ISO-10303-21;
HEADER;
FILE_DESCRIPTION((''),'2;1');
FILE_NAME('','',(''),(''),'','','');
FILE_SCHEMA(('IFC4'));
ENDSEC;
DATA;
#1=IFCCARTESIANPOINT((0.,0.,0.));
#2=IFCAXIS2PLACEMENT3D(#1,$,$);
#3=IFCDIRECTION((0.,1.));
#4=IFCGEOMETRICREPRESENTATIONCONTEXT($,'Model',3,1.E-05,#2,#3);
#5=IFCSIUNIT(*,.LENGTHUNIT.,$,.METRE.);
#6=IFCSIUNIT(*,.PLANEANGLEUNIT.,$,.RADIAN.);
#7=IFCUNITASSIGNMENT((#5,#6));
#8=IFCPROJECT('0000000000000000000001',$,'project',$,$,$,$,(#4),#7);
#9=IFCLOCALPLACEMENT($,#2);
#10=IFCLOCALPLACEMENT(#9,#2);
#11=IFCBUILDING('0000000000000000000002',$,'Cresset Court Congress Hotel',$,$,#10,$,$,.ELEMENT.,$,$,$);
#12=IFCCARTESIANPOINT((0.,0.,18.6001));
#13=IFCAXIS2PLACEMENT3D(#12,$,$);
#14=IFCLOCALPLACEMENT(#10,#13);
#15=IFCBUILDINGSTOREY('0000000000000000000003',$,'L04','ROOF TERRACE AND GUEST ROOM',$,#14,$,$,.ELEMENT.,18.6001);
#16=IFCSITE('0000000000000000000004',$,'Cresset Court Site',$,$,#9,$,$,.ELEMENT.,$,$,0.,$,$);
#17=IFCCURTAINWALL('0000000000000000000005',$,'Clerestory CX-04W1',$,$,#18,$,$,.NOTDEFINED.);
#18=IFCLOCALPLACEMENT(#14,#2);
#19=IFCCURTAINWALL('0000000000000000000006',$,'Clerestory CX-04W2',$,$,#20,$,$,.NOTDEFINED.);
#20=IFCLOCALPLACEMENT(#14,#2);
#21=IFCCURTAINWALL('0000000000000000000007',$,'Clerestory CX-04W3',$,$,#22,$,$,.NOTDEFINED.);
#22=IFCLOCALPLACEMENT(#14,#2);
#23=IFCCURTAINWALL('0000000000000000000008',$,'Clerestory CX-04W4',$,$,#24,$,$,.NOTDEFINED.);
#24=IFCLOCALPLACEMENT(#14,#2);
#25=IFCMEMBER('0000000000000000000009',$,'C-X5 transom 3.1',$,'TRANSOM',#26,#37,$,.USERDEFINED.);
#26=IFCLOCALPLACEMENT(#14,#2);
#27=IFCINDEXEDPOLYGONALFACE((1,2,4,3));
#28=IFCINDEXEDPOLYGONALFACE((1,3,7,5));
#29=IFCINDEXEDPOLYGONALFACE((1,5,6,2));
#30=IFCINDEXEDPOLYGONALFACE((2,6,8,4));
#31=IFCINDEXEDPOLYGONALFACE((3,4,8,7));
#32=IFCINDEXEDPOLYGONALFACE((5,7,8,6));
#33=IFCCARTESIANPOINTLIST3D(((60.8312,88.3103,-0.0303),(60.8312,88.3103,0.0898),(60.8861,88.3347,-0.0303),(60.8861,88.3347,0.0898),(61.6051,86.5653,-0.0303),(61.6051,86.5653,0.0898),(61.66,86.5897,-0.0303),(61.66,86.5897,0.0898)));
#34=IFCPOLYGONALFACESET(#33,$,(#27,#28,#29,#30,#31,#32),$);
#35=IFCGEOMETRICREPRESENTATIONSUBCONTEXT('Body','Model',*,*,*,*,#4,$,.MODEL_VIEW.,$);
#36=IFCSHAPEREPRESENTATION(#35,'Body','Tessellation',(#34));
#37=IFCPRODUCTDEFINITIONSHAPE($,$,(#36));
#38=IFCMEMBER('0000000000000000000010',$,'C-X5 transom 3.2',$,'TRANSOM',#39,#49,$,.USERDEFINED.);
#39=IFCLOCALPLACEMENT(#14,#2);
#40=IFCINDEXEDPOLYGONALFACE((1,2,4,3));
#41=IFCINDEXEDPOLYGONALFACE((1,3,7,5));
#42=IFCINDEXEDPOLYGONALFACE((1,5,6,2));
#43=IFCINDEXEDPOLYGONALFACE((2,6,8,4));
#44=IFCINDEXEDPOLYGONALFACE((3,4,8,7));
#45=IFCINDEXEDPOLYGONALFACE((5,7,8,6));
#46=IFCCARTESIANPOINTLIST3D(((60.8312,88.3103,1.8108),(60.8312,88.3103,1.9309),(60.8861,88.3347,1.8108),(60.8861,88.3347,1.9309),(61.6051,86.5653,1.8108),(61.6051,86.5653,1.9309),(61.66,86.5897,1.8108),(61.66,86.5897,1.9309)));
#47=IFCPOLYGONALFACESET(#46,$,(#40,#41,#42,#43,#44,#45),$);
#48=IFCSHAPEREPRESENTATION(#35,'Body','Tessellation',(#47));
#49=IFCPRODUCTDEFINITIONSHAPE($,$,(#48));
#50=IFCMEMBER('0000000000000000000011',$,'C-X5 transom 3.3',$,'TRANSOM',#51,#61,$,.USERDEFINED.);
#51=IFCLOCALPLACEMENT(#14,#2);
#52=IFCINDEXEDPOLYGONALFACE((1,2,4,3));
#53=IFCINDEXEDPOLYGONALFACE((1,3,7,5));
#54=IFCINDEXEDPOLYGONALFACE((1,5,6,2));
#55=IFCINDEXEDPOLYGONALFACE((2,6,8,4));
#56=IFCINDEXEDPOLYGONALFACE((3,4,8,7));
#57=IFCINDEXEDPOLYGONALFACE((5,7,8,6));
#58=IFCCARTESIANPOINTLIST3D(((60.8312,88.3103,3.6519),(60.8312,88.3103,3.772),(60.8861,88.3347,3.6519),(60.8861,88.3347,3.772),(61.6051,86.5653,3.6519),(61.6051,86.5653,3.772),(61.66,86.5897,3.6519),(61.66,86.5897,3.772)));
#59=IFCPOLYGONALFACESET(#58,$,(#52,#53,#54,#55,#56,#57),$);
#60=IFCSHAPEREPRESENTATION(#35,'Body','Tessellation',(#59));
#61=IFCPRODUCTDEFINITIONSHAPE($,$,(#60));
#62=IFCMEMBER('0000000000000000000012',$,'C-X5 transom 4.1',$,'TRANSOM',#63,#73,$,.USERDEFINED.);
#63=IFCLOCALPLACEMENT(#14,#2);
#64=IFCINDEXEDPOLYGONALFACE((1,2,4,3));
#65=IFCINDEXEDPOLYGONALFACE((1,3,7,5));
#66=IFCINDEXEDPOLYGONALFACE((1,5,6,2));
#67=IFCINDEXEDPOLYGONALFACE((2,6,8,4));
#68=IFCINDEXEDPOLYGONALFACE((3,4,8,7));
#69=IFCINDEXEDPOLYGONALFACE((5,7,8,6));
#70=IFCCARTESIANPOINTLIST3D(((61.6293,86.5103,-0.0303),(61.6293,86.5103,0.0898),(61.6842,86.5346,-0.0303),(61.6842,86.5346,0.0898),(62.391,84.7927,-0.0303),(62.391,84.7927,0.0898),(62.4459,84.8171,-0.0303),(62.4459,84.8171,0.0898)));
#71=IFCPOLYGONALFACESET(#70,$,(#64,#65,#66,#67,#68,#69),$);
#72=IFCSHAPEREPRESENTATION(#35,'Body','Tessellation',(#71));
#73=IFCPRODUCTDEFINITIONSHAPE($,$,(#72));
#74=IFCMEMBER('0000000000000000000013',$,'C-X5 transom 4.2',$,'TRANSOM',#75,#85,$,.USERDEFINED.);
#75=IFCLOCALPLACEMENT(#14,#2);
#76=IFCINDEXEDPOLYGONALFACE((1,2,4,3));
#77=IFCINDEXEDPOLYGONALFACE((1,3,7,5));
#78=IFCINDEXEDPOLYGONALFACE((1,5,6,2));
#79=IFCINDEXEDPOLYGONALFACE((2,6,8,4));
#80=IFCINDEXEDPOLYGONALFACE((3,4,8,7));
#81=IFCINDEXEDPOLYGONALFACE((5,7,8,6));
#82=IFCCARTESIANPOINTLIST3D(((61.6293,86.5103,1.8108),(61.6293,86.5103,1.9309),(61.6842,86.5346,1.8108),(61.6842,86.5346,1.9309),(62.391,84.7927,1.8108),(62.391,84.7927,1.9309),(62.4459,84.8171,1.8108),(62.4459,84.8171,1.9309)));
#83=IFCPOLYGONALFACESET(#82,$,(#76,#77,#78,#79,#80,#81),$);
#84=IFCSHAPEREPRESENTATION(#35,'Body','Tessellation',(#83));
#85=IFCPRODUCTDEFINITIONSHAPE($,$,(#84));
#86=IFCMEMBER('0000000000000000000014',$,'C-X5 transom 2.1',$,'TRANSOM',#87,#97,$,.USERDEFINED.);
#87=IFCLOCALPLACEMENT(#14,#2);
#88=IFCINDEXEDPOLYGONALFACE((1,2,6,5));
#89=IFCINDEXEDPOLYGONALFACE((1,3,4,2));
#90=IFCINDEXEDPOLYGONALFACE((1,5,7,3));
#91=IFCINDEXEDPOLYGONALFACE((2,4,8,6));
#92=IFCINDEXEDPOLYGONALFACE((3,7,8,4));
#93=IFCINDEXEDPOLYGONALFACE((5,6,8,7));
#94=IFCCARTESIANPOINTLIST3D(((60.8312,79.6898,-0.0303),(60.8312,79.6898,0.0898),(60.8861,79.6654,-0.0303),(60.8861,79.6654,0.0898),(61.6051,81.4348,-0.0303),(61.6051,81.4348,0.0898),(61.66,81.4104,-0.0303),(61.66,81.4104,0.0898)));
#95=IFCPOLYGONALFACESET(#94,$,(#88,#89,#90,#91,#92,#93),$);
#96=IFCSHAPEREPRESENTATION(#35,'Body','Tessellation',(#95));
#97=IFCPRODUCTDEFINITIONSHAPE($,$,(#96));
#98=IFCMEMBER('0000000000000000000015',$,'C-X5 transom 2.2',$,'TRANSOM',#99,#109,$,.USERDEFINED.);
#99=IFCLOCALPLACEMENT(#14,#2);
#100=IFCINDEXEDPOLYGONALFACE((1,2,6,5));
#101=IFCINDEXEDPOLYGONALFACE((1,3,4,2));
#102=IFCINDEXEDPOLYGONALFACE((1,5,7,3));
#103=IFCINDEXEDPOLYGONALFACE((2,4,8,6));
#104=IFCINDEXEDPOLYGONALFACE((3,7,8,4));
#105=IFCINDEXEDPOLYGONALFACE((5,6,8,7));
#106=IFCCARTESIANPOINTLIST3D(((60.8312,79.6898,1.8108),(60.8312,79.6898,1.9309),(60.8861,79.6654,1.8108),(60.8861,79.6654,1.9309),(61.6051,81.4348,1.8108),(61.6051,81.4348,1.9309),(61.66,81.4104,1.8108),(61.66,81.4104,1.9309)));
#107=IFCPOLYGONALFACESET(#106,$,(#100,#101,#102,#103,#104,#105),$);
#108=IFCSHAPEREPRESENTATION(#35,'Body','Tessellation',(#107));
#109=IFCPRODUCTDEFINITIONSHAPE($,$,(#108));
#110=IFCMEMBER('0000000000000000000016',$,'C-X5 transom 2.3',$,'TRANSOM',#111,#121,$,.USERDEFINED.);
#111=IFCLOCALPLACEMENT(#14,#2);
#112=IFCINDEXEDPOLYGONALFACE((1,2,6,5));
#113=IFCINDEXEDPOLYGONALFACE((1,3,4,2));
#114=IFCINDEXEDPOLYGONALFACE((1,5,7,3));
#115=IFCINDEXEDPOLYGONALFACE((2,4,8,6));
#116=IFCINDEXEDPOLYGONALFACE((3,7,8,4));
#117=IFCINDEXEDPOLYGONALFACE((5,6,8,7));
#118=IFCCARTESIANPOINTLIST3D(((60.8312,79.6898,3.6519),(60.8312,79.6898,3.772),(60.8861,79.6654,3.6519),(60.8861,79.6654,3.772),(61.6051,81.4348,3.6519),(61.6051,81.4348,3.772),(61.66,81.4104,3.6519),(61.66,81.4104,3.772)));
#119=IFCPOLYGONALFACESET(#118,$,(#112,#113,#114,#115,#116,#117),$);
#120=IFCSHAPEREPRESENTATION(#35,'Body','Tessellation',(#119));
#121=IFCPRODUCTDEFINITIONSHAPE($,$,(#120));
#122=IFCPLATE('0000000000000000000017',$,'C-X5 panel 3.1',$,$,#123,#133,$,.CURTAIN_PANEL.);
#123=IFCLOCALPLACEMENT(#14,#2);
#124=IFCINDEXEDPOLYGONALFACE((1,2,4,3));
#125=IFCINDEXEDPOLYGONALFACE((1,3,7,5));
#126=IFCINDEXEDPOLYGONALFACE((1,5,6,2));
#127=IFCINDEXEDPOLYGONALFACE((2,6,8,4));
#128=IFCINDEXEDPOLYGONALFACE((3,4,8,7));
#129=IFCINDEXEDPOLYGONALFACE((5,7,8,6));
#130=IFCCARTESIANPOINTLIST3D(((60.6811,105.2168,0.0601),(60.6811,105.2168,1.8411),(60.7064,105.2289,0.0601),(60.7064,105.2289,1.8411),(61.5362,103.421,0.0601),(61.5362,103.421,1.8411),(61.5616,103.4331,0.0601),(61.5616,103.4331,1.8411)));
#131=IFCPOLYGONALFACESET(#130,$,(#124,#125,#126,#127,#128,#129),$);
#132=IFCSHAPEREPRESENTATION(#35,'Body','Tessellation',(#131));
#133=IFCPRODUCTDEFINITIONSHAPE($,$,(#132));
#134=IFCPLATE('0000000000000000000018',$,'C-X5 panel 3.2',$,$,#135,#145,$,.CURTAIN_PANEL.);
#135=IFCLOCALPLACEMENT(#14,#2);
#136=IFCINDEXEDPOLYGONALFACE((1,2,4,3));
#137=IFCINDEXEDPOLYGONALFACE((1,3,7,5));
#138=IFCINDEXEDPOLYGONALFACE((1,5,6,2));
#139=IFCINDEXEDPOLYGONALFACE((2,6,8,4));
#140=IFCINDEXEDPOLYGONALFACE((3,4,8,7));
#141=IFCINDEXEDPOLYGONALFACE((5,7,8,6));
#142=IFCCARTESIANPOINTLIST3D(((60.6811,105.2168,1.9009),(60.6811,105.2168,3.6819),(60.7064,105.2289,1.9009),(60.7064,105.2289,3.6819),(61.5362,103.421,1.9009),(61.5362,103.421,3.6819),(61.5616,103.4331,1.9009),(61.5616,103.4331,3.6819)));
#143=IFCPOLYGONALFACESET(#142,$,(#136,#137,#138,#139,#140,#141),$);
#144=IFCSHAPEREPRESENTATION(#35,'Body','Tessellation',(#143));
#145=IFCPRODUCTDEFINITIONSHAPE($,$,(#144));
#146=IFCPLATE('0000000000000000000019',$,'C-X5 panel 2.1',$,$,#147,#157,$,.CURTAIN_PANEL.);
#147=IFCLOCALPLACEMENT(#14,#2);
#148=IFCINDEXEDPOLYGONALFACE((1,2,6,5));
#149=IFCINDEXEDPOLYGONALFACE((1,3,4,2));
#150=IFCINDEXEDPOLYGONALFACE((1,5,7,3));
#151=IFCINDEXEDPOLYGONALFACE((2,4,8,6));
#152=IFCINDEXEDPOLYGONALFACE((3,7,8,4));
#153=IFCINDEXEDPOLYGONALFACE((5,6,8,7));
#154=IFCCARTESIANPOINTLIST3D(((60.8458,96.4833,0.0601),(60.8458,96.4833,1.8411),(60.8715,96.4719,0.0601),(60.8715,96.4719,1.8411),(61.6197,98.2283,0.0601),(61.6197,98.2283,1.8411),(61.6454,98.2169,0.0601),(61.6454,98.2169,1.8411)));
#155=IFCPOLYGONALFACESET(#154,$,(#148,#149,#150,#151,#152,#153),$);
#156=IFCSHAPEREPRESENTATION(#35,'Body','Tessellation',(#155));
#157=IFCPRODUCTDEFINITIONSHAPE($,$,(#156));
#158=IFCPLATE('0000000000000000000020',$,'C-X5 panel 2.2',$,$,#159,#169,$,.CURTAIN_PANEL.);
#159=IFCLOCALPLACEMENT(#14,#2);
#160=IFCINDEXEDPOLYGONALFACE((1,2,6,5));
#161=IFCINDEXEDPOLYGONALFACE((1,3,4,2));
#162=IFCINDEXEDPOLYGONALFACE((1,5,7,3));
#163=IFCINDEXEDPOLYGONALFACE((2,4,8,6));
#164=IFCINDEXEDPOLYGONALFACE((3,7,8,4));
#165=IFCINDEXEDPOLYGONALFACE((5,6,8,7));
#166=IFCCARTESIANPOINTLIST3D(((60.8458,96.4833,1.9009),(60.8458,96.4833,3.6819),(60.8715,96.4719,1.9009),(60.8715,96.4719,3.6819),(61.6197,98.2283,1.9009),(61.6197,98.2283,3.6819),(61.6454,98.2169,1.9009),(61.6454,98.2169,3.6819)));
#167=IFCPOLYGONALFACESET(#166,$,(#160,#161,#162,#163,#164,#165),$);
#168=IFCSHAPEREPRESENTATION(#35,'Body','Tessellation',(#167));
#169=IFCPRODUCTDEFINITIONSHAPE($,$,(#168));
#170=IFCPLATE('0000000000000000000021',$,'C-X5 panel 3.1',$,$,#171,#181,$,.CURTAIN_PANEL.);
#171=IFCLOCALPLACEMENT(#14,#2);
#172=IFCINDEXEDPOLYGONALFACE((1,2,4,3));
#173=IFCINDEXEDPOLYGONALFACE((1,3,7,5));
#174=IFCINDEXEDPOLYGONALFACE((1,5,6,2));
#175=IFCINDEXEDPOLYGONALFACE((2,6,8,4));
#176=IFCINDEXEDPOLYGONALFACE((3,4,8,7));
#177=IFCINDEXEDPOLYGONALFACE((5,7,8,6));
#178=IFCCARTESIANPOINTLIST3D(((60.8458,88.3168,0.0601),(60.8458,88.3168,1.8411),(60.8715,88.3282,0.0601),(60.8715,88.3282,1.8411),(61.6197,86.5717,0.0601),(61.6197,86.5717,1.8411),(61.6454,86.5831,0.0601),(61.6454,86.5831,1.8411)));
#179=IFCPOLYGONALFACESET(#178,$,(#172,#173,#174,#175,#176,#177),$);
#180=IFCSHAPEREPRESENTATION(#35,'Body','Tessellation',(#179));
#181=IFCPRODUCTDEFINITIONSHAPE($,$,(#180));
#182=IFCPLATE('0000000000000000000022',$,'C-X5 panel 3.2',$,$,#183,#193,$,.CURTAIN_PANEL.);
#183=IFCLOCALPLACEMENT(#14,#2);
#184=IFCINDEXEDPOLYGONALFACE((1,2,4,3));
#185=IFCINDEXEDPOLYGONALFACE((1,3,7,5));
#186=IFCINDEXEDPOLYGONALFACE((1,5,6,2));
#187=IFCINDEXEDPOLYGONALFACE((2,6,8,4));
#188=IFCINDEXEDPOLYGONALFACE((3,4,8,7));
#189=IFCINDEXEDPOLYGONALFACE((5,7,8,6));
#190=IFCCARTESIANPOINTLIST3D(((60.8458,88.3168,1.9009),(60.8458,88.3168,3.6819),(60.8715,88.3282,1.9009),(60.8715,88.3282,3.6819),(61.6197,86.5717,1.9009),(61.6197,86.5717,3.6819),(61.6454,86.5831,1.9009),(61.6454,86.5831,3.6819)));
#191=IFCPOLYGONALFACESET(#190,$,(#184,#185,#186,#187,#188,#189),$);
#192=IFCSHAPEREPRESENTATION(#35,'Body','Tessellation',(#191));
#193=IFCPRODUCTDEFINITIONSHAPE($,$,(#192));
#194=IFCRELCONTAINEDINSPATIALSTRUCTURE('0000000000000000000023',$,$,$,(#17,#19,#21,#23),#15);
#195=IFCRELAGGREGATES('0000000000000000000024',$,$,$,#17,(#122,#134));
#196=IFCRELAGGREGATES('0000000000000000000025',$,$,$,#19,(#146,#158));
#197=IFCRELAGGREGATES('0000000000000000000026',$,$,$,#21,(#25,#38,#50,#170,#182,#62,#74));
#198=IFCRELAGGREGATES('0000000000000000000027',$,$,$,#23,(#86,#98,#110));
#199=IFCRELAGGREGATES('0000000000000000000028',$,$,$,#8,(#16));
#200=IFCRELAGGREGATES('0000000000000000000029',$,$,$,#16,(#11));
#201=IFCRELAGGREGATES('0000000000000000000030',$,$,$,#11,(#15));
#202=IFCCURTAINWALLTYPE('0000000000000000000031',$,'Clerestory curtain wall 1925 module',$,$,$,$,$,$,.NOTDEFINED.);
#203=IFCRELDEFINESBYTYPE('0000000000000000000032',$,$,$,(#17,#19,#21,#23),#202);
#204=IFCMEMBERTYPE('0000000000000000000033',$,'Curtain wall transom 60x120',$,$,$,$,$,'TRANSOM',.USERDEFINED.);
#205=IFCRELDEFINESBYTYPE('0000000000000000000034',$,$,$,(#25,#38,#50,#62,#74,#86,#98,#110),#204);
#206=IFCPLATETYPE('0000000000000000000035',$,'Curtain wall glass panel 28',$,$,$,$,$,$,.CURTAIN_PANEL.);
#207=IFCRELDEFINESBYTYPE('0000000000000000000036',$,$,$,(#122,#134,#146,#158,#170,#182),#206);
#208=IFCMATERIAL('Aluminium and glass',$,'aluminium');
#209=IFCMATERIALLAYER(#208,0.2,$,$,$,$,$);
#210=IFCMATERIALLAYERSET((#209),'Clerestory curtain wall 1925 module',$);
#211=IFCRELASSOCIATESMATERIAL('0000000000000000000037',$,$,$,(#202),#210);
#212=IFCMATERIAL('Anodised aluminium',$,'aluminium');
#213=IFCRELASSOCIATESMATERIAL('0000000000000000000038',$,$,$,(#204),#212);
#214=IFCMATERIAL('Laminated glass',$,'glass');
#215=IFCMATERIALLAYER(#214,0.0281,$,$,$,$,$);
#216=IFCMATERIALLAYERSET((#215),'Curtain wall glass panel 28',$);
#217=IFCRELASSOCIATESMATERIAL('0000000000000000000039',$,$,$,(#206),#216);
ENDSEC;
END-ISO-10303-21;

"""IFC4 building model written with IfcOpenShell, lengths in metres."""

from ifc_helpers import new_model, si_unit, direction, frame, origin, origin_2d, place, context, subcontext, project, spatial, rectangle, extrude, material, layer, layer_set, material_profile, profile_set, type_object, element, aggregate, save


model = new_model("IFC4")

# Units and contexts
model_context = context("Model", 3, precision=1e-05, world=origin(), true_north=direction((0.0, 1.0)))
body_context = subcontext(model_context, "Body", "Model", "MODEL_VIEW")
ifc_project = project(units=[si_unit("LENGTHUNIT", "METRE"), si_unit("PLANEANGLEUNIT", "RADIAN")], contexts=[model_context])

# Site, building, storey
site_placement = place(None, origin())
site = spatial("IfcSite", under=ifc_project, at=site_placement, Name="Cresset Court Site", CompositionType="ELEMENT", RefElevation=0.0)
building_placement = place(site_placement, origin())
building = spatial("IfcBuilding", under=site, at=building_placement, Name="Cresset Court Congress Hotel", CompositionType="ELEMENT")
storey_placement = place(building_placement, frame((0.0, 0.0, 18.6001)))
storey = spatial("IfcBuildingStorey", under=building, at=storey_placement, Name="L04", Description="ROOF TERRACE AND GUEST ROOM", CompositionType="ELEMENT", Elevation=18.6001)

# Curtain wall
ifc_material_1 = material(Name="Aluminium and glass", Category="aluminium")
ifc_layer_1 = layer(ifc_material_1, 0.2)
ifc_layer_set_1 = layer_set([ifc_layer_1], Name="Clerestory curtain wall 1925 module")
curtain_wall_type = type_object("IfcCurtainWallType", Name="Clerestory curtain wall 1925 module", PredefinedType="NOTDEFINED", material=ifc_layer_set_1)
curtain_wall_1_placement = place(storey_placement, origin())
curtain_wall_1 = element("IfcCurtainWall", 1, at=curtain_wall_1_placement, inside=storey, type_object=curtain_wall_type, Name="Clerestory CX-04W1", PredefinedType="NOTDEFINED")

# Curtain walls
curtain_wall_2_placement = place(storey_placement, origin())
curtain_wall_2 = element("IfcCurtainWall", 2, at=curtain_wall_2_placement, inside=storey, type_object=curtain_wall_type, Name="Clerestory CX-04W2", PredefinedType="NOTDEFINED")
curtain_wall_3_placement = place(storey_placement, origin())
curtain_wall_3 = element("IfcCurtainWall", 3, at=curtain_wall_3_placement, inside=storey, type_object=curtain_wall_type, Name="Clerestory CX-04W3", PredefinedType="NOTDEFINED")
curtain_wall_4_placement = place(storey_placement, origin())
curtain_wall_4 = element("IfcCurtainWall", 4, at=curtain_wall_4_placement, inside=storey, type_object=curtain_wall_type, Name="Clerestory CX-04W4", PredefinedType="NOTDEFINED")

# Members
ifc_material_2 = material(Name="Anodised aluminium", Category="aluminium")
ifc_material_profile_1 = material_profile(ifc_material_2, rectangle(XDim=0.0601, YDim=0.1201, at=origin_2d()), Name="AL60x120")
ifc_profile_set_1 = profile_set([ifc_material_profile_1], Name="Anodised aluminium")
member_type_1 = type_object("IfcMemberType", Name="Curtain wall transom 60x120", ElementType="TRANSOM", PredefinedType="USERDEFINED", material=ifc_profile_set_1)
member_1_placement = place(storey_placement, frame((60.8586, 88.3225, 0.0298), z_axis=(0.405403, -0.914138, 0.0), x_axis=(0.914138, 0.405403, 0.0)))
member_1 = element("IfcMember", 5, at=member_1_placement, type_object=member_type_1, Name="C-X5 transom 3.1", ObjectType="TRANSOM", PredefinedType="USERDEFINED", context=body_context, shape_type="SweptSolid", body=[
    extrude(rectangle(XDim=0.0601, YDim=0.1201, at=origin_2d()), origin(), (0.0, 0.0, 1.0), 1.9089),
])
member_2_placement = place(storey_placement, frame((60.8586, 88.3225, 1.8708), z_axis=(0.405403, -0.914138, 0.0), x_axis=(0.914138, 0.405403, 0.0)))
member_2 = element("IfcMember", 6, at=member_2_placement, type_object=member_type_1, Name="C-X5 transom 3.2", ObjectType="TRANSOM", PredefinedType="USERDEFINED", context=body_context, shape_type="SweptSolid", body=[
    extrude(rectangle(XDim=0.0601, YDim=0.1201, at=origin_2d()), origin(), (0.0, 0.0, 1.0), 1.9089),
])
member_3_placement = place(storey_placement, frame((60.8586, 88.3225, 3.7119), z_axis=(0.405403, -0.914138, 0.0), x_axis=(0.914138, 0.405403, 0.0)))
member_3 = element("IfcMember", 7, at=member_3_placement, type_object=member_type_1, Name="C-X5 transom 3.3", ObjectType="TRANSOM", PredefinedType="USERDEFINED", context=body_context, shape_type="SweptSolid", body=[
    extrude(rectangle(XDim=0.0601, YDim=0.1201, at=origin_2d()), origin(), (0.0, 0.0, 1.0), 1.9089),
])
member_4_placement = place(storey_placement, frame((61.6567, 86.5225, 0.0298), z_axis=(0.405415, -0.914133, 0.0), x_axis=(0.914133, 0.405415, 0.0)))
member_4 = element("IfcMember", 8, at=member_4_placement, type_object=member_type_1, Name="C-X5 transom 4.1", ObjectType="TRANSOM", PredefinedType="USERDEFINED", context=body_context, shape_type="SweptSolid", body=[
    extrude(rectangle(XDim=0.0601, YDim=0.1201, at=origin_2d()), origin(), (0.0, 0.0, 1.0), 1.8789),
])
member_5_placement = place(storey_placement, frame((61.6567, 86.5225, 1.8708), z_axis=(0.405415, -0.914133, 0.0), x_axis=(0.914133, 0.405415, 0.0)))
member_5 = element("IfcMember", 9, at=member_5_placement, type_object=member_type_1, Name="C-X5 transom 4.2", ObjectType="TRANSOM", PredefinedType="USERDEFINED", context=body_context, shape_type="SweptSolid", body=[
    extrude(rectangle(XDim=0.0601, YDim=0.1201, at=origin_2d()), origin(), (0.0, 0.0, 1.0), 1.8789),
])
member_6_placement = place(storey_placement, frame((61.6326, 81.4226, 0.0298), z_axis=(-0.405403, -0.914138, 0.0), x_axis=(0.914138, -0.405403, 0.0)))
member_6 = element("IfcMember", 10, at=member_6_placement, type_object=member_type_1, Name="C-X5 transom 2.1", ObjectType="TRANSOM", PredefinedType="USERDEFINED", context=body_context, shape_type="SweptSolid", body=[
    extrude(rectangle(XDim=0.0601, YDim=0.1201, at=origin_2d()), origin(), (0.0, 0.0, 1.0), 1.9089),
])
member_7_placement = place(storey_placement, frame((61.6326, 81.4226, 1.8708), z_axis=(-0.405403, -0.914138, 0.0), x_axis=(0.914138, -0.405403, 0.0)))
member_7 = element("IfcMember", 11, at=member_7_placement, type_object=member_type_1, Name="C-X5 transom 2.2", ObjectType="TRANSOM", PredefinedType="USERDEFINED", context=body_context, shape_type="SweptSolid", body=[
    extrude(rectangle(XDim=0.0601, YDim=0.1201, at=origin_2d()), origin(), (0.0, 0.0, 1.0), 1.9089),
])
member_8_placement = place(storey_placement, frame((61.6326, 81.4226, 3.7119), z_axis=(-0.405403, -0.914138, 0.0), x_axis=(0.914138, -0.405403, 0.0)))
member_8 = element("IfcMember", 12, at=member_8_placement, type_object=member_type_1, Name="C-X5 transom 2.3", ObjectType="TRANSOM", PredefinedType="USERDEFINED", context=body_context, shape_type="SweptSolid", body=[
    extrude(rectangle(XDim=0.0601, YDim=0.1201, at=origin_2d()), origin(), (0.0, 0.0, 1.0), 1.9089),
])

# Plates
ifc_material_3 = material(Name="Laminated glass", Category="glass")
ifc_layer_2 = layer(ifc_material_3, 0.0281)
ifc_layer_set_2 = layer_set([ifc_layer_2], Name="Curtain wall glass panel 28")
plate_type = type_object("IfcPlateType", Name="Curtain wall glass panel 28", PredefinedType="CURTAIN_PANEL", material=ifc_layer_set_2)
plate_1_placement = place(storey_placement, frame((61.1213, 104.325, 0.0601), z_axis=(0.0, 0.0, 1.0), x_axis=(0.429934, -0.902861, 0.0)))
plate_1 = element("IfcPlate", 13, at=plate_1_placement, type_object=plate_type, Name="C-X5 panel 3.1", PredefinedType="CURTAIN_PANEL", context=body_context, shape_type="SweptSolid", body=[
    extrude(rectangle(XDim=1.989, YDim=0.0281, at=origin_2d()), origin(), (0.0, 0.0, 1.0), 1.781),
])
plate_2_placement = place(storey_placement, frame((61.1213, 104.325, 1.9009), z_axis=(0.0, 0.0, 1.0), x_axis=(0.429934, -0.902861, 0.0)))
plate_2 = element("IfcPlate", 14, at=plate_2_placement, type_object=plate_type, Name="C-X5 panel 3.2", PredefinedType="CURTAIN_PANEL", context=body_context, shape_type="SweptSolid", body=[
    extrude(rectangle(XDim=1.989, YDim=0.0281, at=origin_2d()), origin(), (0.0, 0.0, 1.0), 1.781),
])
aggregate(curtain_wall_1, [plate_1, plate_2])
plate_3_placement = place(storey_placement, frame((61.2456, 97.3501, 0.0601), z_axis=(0.0, 0.0, 1.0), x_axis=(-0.405381, -0.914148, 0.0)))
plate_3 = element("IfcPlate", 15, at=plate_3_placement, type_object=plate_type, Name="C-X5 panel 2.1", PredefinedType="CURTAIN_PANEL", context=body_context, shape_type="SweptSolid", body=[
    extrude(rectangle(XDim=1.9089, YDim=0.0281, at=origin_2d()), origin(), (0.0, 0.0, 1.0), 1.781),
])
plate_4_placement = place(storey_placement, frame((61.2456, 97.3501, 1.9009), z_axis=(0.0, 0.0, 1.0), x_axis=(-0.405381, -0.914148, 0.0)))
plate_4 = element("IfcPlate", 16, at=plate_4_placement, type_object=plate_type, Name="C-X5 panel 2.2", PredefinedType="CURTAIN_PANEL", context=body_context, shape_type="SweptSolid", body=[
    extrude(rectangle(XDim=1.9089, YDim=0.0281, at=origin_2d()), origin(), (0.0, 0.0, 1.0), 1.781),
])
aggregate(curtain_wall_2, [plate_3, plate_4])
plate_5_placement = place(storey_placement, frame((61.2456, 87.45, 0.0601), z_axis=(0.0, 0.0, 1.0), x_axis=(0.405381, -0.914148, 0.0)))
plate_5 = element("IfcPlate", 17, at=plate_5_placement, type_object=plate_type, Name="C-X5 panel 3.1", PredefinedType="CURTAIN_PANEL", context=body_context, shape_type="SweptSolid", body=[
    extrude(rectangle(XDim=1.9089, YDim=0.0281, at=origin_2d()), origin(), (0.0, 0.0, 1.0), 1.781),
])
plate_6_placement = place(storey_placement, frame((61.2456, 87.45, 1.9009), z_axis=(0.0, 0.0, 1.0), x_axis=(0.405381, -0.914148, 0.0)))
plate_6 = element("IfcPlate", 18, at=plate_6_placement, type_object=plate_type, Name="C-X5 panel 3.2", PredefinedType="CURTAIN_PANEL", context=body_context, shape_type="SweptSolid", body=[
    extrude(rectangle(XDim=1.9089, YDim=0.0281, at=origin_2d()), origin(), (0.0, 0.0, 1.0), 1.781),
])
aggregate(curtain_wall_3, [member_1, member_2, member_3, plate_5, plate_6, member_4, member_5])
aggregate(curtain_wall_4, [member_6, member_7, member_8])

save(model, "model.ifc")
